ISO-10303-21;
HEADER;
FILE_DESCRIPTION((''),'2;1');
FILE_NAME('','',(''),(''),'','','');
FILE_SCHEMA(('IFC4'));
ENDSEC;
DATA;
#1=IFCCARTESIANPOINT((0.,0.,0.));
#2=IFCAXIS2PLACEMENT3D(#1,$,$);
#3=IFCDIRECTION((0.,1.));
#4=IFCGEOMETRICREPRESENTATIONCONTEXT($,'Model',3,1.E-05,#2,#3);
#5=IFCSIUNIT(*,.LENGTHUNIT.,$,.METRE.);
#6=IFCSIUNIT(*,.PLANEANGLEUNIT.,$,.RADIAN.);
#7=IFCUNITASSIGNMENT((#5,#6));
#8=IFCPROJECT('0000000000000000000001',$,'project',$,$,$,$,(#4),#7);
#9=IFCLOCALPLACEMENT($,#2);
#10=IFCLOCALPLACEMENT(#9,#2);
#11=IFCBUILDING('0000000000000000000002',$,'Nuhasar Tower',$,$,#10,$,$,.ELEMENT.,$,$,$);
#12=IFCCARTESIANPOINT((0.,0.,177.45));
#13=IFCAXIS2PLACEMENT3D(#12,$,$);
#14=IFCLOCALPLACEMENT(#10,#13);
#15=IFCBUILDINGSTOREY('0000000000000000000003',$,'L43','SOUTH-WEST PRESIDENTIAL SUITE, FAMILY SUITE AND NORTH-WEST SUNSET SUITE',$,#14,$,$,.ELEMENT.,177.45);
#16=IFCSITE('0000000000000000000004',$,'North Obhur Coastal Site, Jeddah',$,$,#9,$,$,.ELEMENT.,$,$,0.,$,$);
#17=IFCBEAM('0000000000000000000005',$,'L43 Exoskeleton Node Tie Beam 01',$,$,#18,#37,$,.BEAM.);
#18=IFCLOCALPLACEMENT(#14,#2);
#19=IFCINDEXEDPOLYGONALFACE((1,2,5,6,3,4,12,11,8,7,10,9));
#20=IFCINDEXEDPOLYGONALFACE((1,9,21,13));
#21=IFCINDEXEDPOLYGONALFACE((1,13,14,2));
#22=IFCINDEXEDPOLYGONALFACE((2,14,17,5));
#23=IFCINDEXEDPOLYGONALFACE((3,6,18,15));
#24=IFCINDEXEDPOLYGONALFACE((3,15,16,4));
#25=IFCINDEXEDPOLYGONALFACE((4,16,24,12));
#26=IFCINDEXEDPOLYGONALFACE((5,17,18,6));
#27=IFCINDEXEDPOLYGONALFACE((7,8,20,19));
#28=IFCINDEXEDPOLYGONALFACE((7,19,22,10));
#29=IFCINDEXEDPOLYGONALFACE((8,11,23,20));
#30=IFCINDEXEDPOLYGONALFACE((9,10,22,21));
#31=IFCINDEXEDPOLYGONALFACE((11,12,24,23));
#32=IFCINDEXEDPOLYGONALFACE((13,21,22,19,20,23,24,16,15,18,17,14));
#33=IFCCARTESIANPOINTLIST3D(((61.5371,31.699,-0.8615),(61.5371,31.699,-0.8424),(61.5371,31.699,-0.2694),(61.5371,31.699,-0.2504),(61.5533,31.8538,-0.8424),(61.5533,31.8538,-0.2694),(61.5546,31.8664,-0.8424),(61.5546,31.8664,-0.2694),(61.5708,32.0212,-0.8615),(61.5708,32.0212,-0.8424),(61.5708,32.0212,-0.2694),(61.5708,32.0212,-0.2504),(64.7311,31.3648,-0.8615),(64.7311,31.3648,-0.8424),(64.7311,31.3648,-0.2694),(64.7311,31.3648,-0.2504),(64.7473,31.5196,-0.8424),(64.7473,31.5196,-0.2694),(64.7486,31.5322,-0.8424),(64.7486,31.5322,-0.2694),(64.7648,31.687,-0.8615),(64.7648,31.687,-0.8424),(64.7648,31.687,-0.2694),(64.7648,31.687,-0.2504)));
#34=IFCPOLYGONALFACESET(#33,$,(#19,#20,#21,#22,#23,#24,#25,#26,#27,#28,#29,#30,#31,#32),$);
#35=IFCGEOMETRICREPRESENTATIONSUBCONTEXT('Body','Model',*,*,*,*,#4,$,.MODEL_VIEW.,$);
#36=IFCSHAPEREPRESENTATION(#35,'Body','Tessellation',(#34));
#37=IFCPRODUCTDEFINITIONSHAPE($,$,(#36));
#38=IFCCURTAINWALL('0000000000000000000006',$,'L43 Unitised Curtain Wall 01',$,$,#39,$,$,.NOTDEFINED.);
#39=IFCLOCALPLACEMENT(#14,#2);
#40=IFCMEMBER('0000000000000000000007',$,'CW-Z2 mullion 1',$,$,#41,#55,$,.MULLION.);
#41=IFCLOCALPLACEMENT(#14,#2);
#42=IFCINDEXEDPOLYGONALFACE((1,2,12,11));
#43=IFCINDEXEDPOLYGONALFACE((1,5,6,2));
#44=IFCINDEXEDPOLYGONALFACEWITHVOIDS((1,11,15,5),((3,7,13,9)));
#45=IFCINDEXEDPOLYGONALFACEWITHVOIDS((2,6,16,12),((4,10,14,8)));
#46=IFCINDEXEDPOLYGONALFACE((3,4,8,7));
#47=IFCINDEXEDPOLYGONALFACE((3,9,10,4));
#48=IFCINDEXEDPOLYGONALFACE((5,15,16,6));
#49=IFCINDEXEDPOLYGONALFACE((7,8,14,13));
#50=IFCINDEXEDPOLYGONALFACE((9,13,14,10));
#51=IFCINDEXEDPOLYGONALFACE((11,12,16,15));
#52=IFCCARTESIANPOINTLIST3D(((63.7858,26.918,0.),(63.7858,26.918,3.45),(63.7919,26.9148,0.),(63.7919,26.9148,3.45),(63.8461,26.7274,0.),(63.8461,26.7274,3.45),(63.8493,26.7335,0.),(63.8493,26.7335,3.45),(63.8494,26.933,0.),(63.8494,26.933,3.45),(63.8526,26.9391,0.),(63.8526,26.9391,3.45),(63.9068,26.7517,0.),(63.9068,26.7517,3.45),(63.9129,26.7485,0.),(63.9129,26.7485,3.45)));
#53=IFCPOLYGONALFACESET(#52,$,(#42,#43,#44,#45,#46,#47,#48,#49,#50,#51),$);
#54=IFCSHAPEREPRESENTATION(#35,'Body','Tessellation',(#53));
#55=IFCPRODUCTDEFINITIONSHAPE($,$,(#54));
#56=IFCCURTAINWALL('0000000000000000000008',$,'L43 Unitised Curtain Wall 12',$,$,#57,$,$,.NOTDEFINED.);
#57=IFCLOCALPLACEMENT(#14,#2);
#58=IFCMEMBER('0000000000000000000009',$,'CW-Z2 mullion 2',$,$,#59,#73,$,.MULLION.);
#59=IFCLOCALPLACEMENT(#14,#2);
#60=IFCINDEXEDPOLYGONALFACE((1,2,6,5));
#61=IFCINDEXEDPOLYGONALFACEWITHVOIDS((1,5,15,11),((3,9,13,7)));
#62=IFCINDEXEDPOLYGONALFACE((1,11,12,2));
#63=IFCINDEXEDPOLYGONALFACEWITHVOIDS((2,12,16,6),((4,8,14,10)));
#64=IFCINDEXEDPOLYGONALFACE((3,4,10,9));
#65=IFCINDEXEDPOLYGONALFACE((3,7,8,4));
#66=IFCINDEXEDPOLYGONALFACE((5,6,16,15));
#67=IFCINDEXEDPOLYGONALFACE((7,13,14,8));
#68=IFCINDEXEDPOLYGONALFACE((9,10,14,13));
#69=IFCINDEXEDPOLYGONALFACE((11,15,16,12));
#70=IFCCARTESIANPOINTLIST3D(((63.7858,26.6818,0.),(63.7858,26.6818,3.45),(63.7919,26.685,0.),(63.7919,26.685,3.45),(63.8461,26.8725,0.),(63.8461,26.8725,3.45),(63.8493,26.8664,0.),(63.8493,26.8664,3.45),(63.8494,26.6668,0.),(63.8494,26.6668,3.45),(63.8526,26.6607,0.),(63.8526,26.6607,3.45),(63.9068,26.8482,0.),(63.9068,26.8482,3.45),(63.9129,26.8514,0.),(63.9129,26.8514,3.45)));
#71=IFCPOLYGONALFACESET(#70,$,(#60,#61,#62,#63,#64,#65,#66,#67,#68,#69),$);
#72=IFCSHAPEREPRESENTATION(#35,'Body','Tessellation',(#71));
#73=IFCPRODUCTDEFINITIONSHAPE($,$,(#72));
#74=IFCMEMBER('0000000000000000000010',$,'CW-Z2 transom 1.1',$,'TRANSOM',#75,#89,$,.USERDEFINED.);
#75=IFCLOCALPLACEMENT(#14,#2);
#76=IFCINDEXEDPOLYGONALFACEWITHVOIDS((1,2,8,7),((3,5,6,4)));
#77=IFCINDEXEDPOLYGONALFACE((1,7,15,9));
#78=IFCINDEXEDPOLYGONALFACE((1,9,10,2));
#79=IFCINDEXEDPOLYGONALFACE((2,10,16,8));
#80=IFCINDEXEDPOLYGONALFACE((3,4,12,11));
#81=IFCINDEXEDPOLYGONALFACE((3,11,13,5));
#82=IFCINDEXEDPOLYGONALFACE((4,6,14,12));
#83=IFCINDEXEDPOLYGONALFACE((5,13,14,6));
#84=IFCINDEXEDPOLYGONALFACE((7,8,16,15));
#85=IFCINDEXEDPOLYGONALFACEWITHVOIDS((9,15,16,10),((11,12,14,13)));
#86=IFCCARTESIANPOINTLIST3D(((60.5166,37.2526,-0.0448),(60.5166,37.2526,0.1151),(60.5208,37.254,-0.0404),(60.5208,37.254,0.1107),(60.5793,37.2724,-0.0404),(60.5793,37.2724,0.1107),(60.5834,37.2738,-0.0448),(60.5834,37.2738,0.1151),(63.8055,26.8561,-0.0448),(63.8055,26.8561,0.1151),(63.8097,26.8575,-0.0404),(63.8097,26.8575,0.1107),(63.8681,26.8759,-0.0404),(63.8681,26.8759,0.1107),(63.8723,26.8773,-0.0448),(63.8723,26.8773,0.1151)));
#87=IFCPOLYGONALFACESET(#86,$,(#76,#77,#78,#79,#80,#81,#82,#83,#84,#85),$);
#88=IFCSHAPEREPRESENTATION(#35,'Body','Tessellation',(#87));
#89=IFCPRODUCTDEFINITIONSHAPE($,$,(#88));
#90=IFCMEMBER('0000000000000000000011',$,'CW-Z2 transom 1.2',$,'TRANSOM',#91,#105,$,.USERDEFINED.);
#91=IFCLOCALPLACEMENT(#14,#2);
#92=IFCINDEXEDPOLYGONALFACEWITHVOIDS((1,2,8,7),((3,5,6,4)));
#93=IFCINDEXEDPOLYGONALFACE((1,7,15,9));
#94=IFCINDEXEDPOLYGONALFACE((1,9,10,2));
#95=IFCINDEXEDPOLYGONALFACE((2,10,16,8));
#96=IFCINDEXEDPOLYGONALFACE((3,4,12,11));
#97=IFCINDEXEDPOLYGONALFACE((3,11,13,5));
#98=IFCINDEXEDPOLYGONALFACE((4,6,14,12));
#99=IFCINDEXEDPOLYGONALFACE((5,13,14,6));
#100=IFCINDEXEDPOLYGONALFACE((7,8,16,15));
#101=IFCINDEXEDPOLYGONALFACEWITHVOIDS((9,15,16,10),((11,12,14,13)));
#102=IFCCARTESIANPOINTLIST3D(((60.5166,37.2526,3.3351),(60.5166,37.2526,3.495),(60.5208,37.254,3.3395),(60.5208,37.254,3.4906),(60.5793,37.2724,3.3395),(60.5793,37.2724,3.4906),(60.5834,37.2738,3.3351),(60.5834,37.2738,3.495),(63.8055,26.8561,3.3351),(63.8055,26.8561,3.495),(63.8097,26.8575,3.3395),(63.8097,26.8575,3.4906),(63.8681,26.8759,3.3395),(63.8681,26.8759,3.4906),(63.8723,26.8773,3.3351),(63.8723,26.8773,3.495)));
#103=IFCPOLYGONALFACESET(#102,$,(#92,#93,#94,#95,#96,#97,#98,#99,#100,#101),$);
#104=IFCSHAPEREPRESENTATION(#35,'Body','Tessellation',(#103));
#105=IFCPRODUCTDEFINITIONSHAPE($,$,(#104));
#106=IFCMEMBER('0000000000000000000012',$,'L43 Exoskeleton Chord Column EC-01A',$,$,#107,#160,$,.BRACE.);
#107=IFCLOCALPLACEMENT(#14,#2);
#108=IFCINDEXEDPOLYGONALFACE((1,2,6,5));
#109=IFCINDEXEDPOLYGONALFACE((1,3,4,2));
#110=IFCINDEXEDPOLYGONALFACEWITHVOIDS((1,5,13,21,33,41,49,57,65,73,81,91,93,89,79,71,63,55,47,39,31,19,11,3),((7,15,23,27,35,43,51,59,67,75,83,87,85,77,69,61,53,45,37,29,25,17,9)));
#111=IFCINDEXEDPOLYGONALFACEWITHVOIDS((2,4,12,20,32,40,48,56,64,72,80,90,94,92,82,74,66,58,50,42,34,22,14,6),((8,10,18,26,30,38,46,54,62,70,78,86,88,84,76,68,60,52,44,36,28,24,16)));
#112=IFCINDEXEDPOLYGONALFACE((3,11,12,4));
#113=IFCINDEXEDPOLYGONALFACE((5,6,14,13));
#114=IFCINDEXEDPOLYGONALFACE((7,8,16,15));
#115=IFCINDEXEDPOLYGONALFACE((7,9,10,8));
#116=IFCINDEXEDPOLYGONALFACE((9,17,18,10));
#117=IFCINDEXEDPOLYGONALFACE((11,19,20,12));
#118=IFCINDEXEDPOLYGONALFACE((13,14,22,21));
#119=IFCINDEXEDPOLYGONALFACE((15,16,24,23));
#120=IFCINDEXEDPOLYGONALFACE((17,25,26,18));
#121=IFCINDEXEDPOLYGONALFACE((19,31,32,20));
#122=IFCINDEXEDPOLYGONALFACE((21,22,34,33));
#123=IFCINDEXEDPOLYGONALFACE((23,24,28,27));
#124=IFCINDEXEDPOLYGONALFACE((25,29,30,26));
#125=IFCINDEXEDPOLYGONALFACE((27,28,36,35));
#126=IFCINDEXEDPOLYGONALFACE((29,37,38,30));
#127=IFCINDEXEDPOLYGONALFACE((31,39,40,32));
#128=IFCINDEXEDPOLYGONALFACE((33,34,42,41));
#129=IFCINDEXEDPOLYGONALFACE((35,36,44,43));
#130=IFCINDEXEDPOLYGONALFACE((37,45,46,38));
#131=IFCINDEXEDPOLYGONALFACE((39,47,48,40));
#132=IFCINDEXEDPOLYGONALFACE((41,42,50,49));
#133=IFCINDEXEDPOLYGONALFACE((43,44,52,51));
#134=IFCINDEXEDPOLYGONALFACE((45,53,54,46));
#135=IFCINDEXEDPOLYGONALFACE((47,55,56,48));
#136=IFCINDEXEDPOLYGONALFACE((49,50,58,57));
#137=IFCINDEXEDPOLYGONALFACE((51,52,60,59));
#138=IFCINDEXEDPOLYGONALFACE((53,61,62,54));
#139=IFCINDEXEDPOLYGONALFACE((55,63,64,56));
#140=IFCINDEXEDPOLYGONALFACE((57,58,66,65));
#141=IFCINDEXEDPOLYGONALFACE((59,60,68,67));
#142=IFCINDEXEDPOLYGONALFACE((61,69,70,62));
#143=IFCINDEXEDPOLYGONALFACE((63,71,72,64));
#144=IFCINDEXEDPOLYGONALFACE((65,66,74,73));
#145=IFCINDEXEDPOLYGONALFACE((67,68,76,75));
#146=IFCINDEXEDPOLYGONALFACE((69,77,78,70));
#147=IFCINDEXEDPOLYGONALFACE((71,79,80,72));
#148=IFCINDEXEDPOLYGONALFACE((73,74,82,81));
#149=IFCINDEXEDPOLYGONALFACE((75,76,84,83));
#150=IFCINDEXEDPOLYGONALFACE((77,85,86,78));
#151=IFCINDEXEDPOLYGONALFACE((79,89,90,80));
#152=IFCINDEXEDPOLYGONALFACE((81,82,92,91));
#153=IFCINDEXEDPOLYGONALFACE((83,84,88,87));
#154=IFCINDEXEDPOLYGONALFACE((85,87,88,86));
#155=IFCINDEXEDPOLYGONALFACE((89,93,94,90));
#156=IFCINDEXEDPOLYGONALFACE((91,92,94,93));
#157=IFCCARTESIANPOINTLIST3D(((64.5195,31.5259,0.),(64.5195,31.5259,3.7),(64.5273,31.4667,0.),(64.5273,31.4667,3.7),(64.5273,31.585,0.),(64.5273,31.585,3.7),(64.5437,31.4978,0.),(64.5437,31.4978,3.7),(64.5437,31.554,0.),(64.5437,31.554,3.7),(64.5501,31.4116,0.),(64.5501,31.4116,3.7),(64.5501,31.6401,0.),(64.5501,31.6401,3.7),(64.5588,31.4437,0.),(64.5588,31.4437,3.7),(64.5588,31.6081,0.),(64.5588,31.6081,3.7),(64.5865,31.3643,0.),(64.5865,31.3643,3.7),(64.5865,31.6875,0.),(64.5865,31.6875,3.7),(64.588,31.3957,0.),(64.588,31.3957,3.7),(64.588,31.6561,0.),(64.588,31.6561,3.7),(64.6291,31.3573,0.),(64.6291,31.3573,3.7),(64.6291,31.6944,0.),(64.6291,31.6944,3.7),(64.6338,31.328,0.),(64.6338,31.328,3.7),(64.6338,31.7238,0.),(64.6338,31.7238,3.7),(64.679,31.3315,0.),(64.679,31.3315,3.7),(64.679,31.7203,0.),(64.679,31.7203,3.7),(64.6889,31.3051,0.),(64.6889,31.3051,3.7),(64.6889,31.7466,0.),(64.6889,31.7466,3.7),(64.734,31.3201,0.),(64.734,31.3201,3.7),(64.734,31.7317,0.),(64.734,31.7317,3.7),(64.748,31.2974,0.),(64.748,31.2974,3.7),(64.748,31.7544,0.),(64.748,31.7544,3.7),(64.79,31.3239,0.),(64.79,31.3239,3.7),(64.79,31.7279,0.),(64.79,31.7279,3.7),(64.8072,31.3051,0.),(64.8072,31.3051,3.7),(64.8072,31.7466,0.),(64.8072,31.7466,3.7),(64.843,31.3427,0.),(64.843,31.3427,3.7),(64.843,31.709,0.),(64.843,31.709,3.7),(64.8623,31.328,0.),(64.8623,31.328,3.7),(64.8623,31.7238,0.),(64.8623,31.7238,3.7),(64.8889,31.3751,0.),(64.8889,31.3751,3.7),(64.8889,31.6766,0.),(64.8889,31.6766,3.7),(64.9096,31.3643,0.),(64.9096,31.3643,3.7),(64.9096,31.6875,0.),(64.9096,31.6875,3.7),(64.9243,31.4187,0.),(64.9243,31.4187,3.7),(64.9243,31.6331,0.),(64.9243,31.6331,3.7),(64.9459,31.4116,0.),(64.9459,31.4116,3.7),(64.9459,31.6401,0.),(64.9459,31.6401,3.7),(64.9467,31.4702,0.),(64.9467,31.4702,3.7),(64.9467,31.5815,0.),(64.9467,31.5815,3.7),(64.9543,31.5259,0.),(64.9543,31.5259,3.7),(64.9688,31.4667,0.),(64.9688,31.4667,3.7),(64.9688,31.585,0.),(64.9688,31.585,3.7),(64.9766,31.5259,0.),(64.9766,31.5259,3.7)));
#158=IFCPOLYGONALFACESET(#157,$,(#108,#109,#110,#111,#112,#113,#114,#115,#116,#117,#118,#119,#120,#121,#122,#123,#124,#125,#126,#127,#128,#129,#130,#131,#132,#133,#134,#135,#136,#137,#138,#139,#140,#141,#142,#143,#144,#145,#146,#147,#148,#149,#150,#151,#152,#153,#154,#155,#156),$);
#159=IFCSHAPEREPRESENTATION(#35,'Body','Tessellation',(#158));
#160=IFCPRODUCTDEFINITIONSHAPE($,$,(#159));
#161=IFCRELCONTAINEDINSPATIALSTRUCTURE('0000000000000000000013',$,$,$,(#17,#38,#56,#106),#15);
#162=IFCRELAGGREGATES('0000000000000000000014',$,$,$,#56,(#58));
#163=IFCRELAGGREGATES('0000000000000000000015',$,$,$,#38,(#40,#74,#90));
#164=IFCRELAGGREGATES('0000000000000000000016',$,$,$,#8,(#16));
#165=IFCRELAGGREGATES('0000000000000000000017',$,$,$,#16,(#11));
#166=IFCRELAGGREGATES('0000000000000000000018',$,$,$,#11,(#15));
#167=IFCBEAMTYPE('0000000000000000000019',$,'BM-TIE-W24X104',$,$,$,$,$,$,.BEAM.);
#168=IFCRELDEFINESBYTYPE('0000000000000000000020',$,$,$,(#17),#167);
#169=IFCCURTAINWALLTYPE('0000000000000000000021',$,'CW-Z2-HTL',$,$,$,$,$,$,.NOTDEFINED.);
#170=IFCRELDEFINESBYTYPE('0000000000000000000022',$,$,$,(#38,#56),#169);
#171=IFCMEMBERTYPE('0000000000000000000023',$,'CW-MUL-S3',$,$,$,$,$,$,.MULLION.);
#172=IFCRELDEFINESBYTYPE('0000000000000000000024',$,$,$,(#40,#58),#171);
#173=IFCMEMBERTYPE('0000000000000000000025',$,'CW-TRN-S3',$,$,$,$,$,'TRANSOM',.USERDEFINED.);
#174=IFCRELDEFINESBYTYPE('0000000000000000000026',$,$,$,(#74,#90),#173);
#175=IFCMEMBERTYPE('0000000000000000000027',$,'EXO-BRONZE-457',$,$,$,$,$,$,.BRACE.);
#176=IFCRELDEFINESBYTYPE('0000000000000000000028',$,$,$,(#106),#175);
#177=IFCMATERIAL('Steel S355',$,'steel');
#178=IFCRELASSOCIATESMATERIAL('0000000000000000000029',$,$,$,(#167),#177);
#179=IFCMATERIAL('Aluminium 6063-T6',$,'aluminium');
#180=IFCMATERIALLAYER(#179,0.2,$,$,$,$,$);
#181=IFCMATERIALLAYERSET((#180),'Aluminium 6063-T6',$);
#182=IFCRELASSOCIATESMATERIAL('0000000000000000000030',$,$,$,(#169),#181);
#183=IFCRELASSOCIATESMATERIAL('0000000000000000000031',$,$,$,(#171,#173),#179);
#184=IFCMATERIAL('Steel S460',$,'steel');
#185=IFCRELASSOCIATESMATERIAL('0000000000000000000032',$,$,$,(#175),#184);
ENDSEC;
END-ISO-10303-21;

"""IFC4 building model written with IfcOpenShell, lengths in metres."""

from ifc_helpers import new_model, si_unit, direction, frame, origin, origin_2d, place, context, subcontext, project, spatial, hollow_rectangle, hollow_circle, i_section, extrude, material, layer, layer_set, material_profile, profile_set, type_object, element, aggregate, save


model = new_model("IFC4")

# Units and contexts
model_context = context("Model", 3, precision=1e-05, world=origin(), true_north=direction((0.0, 1.0)))
body_context = subcontext(model_context, "Body", "Model", "MODEL_VIEW")
ifc_project = project(units=[si_unit("LENGTHUNIT", "METRE"), si_unit("PLANEANGLEUNIT", "RADIAN")], contexts=[model_context])

# Site, building, storey
site_placement = place(None, origin())
site = spatial("IfcSite", under=ifc_project, at=site_placement, Name="North Obhur Coastal Site, Jeddah", CompositionType="ELEMENT", RefElevation=0.0)
building_placement = place(site_placement, origin())
building = spatial("IfcBuilding", under=site, at=building_placement, Name="Nuhasar Tower", CompositionType="ELEMENT")
storey_placement = place(building_placement, frame((0.0, 0.0, 177.45)))
storey = spatial("IfcBuildingStorey", under=building, at=storey_placement, Name="L43", Description="SOUTH-WEST PRESIDENTIAL SUITE, FAMILY SUITE AND NORTH-WEST SUNSET SUITE", CompositionType="ELEMENT", Elevation=177.45)

# Beam
ifc_material_1 = material(Name="Steel S355", Category="steel")
ifc_material_profile_1 = material_profile(ifc_material_1, i_section(OverallWidth=0.324, OverallDepth=0.6111, WebThickness=0.0127, FlangeThickness=0.019, at=origin_2d()), Name="W24X104")
ifc_profile_set_1 = profile_set([ifc_material_profile_1], Name="Steel S355")
beam_type_1 = type_object("IfcBeamType", Name="BM-TIE-W24X104", PredefinedType="BEAM", material=ifc_profile_set_1)
beam_1_placement = place(storey_placement, frame((61.554, 31.8601, -0.5559), z_axis=(0.99457, -0.104071, 0.0), x_axis=(0.104071, 0.99457, 0.0)))
element("IfcBeam", 1, at=beam_1_placement, inside=storey, type_object=beam_type_1, Name="L43 Exoskeleton Node Tie Beam 01", PredefinedType="BEAM", context=body_context, shape_type="SweptSolid", body=[
    extrude(i_section(OverallWidth=0.324, OverallDepth=0.6111, WebThickness=0.0127, FlangeThickness=0.019, at=origin_2d()), origin(), (0.0, 0.0, 1.0), 3.2114),
])

# Curtain walls, members
ifc_material_2 = material(Name="Aluminium 6063-T6", Category="aluminium")
ifc_layer_1 = layer(ifc_material_2, 0.2)
ifc_layer_set_1 = layer_set([ifc_layer_1], Name="Aluminium 6063-T6")
curtain_wall_type = type_object("IfcCurtainWallType", Name="CW-Z2-HTL", PredefinedType="NOTDEFINED", material=ifc_layer_set_1)
curtain_wall_1_placement = place(storey_placement, origin())
curtain_wall_1 = element("IfcCurtainWall", 2, at=curtain_wall_1_placement, inside=storey, type_object=curtain_wall_type, Name="L43 Unitised Curtain Wall 01", PredefinedType="NOTDEFINED")
ifc_material_profile_2 = material_profile(ifc_material_2, hollow_rectangle(XDim=0.0701, YDim=0.2, WallThickness=0.0049, at=origin_2d()), Name="CWM-3")
ifc_profile_set_2 = profile_set([ifc_material_profile_2], Name="Aluminium 6063-T6")
member_type_1 = type_object("IfcMemberType", Name="CW-MUL-S3", PredefinedType="MULLION", material=ifc_profile_set_2)
member_1_placement = place(storey_placement, frame((63.8494, 26.8333, 0.0), z_axis=(0.0, 0.0, 1.0), x_axis=(-0.953433, -0.301604, 0.0)))
member_1 = element("IfcMember", 3, at=member_1_placement, type_object=member_type_1, Name="CW-Z2 mullion 1", PredefinedType="MULLION", context=body_context, shape_type="SweptSolid", body=[
    extrude(hollow_rectangle(XDim=0.0701, YDim=0.2, WallThickness=0.0049, at=origin_2d()), origin(), (0.0, 0.0, 1.0), 3.45),
])
curtain_wall_2_placement = place(storey_placement, origin())
curtain_wall_2 = element("IfcCurtainWall", 4, at=curtain_wall_2_placement, inside=storey, type_object=curtain_wall_type, Name="L43 Unitised Curtain Wall 12", PredefinedType="NOTDEFINED")
member_2_placement = place(storey_placement, frame((63.8494, 26.7666, 0.0), z_axis=(0.0, 0.0, 1.0), x_axis=(-0.953433, 0.301604, 0.0)))
member_2 = element("IfcMember", 5, at=member_2_placement, type_object=member_type_1, Name="CW-Z2 mullion 2", PredefinedType="MULLION", context=body_context, shape_type="SweptSolid", body=[
    extrude(hollow_rectangle(XDim=0.0701, YDim=0.2, WallThickness=0.0049, at=origin_2d()), origin(), (0.0, 0.0, 1.0), 3.45),
])
aggregate(curtain_wall_2, [member_2])

# Members
ifc_material_profile_3 = material_profile(ifc_material_2, hollow_rectangle(XDim=0.0701, YDim=0.1599, WallThickness=0.0044, at=origin_2d()), Name="CWT-3")
ifc_profile_set_3 = profile_set([ifc_material_profile_3], Name="Aluminium 6063-T6")
member_type_2 = type_object("IfcMemberType", Name="CW-TRN-S3", ElementType="TRANSOM", PredefinedType="USERDEFINED", material=ifc_profile_set_3)
member_3_placement = place(storey_placement, frame((63.8389, 26.8667, 0.0352), z_axis=(-0.301608, 0.953432, 0.0), x_axis=(-0.953432, -0.301608, 0.0)))
member_3 = element("IfcMember", 6, at=member_3_placement, type_object=member_type_2, Name="CW-Z2 transom 1.1", ObjectType="TRANSOM", PredefinedType="USERDEFINED", context=body_context, shape_type="SweptSolid", body=[
    extrude(hollow_rectangle(XDim=0.0701, YDim=0.1599, WallThickness=0.0044, at=origin_2d()), origin(), (0.0, 0.0, 1.0), 10.9043),
])
member_4_placement = place(storey_placement, frame((63.8389, 26.8667, 3.415), z_axis=(-0.301608, 0.953432, 0.0), x_axis=(-0.953432, -0.301608, 0.0)))
member_4 = element("IfcMember", 7, at=member_4_placement, type_object=member_type_2, Name="CW-Z2 transom 1.2", ObjectType="TRANSOM", PredefinedType="USERDEFINED", context=body_context, shape_type="SweptSolid", body=[
    extrude(hollow_rectangle(XDim=0.0701, YDim=0.1599, WallThickness=0.0044, at=origin_2d()), origin(), (0.0, 0.0, 1.0), 10.9043),
])

# Member
ifc_material_3 = material(Name="Steel S460", Category="steel")
ifc_material_profile_4 = material_profile(ifc_material_3, hollow_circle(Radius=0.2285, WallThickness=0.0222, at=origin_2d()), Name="HSS457X22.2")
ifc_profile_set_4 = profile_set([ifc_material_profile_4], Name="Steel S460")
member_type_3 = type_object("IfcMemberType", Name="EXO-BRONZE-457", PredefinedType="BRACE", material=ifc_profile_set_4)
for number, where, z_axis, x_axis, name in (
    (8, (64.748, 31.5259, 0.0), (0.0, 0.0, 1.0), (1.0, 0.0, 0.0), "L43 Exoskeleton Chord Column EC-01A"),
):
    element("IfcMember", number, at=place(storey_placement, frame(where, z_axis=z_axis, x_axis=x_axis)), inside=storey, type_object=member_type_3, Name=name, PredefinedType="BRACE", context=body_context, shape_type="SweptSolid", body=[
        extrude(hollow_circle(Radius=0.2285, WallThickness=0.0222, at=origin_2d()), origin(), (0.0, 0.0, 1.0), 3.7),
    ])

aggregate(curtain_wall_1, [member_1, member_3, member_4])

save(model, "model.ifc")
